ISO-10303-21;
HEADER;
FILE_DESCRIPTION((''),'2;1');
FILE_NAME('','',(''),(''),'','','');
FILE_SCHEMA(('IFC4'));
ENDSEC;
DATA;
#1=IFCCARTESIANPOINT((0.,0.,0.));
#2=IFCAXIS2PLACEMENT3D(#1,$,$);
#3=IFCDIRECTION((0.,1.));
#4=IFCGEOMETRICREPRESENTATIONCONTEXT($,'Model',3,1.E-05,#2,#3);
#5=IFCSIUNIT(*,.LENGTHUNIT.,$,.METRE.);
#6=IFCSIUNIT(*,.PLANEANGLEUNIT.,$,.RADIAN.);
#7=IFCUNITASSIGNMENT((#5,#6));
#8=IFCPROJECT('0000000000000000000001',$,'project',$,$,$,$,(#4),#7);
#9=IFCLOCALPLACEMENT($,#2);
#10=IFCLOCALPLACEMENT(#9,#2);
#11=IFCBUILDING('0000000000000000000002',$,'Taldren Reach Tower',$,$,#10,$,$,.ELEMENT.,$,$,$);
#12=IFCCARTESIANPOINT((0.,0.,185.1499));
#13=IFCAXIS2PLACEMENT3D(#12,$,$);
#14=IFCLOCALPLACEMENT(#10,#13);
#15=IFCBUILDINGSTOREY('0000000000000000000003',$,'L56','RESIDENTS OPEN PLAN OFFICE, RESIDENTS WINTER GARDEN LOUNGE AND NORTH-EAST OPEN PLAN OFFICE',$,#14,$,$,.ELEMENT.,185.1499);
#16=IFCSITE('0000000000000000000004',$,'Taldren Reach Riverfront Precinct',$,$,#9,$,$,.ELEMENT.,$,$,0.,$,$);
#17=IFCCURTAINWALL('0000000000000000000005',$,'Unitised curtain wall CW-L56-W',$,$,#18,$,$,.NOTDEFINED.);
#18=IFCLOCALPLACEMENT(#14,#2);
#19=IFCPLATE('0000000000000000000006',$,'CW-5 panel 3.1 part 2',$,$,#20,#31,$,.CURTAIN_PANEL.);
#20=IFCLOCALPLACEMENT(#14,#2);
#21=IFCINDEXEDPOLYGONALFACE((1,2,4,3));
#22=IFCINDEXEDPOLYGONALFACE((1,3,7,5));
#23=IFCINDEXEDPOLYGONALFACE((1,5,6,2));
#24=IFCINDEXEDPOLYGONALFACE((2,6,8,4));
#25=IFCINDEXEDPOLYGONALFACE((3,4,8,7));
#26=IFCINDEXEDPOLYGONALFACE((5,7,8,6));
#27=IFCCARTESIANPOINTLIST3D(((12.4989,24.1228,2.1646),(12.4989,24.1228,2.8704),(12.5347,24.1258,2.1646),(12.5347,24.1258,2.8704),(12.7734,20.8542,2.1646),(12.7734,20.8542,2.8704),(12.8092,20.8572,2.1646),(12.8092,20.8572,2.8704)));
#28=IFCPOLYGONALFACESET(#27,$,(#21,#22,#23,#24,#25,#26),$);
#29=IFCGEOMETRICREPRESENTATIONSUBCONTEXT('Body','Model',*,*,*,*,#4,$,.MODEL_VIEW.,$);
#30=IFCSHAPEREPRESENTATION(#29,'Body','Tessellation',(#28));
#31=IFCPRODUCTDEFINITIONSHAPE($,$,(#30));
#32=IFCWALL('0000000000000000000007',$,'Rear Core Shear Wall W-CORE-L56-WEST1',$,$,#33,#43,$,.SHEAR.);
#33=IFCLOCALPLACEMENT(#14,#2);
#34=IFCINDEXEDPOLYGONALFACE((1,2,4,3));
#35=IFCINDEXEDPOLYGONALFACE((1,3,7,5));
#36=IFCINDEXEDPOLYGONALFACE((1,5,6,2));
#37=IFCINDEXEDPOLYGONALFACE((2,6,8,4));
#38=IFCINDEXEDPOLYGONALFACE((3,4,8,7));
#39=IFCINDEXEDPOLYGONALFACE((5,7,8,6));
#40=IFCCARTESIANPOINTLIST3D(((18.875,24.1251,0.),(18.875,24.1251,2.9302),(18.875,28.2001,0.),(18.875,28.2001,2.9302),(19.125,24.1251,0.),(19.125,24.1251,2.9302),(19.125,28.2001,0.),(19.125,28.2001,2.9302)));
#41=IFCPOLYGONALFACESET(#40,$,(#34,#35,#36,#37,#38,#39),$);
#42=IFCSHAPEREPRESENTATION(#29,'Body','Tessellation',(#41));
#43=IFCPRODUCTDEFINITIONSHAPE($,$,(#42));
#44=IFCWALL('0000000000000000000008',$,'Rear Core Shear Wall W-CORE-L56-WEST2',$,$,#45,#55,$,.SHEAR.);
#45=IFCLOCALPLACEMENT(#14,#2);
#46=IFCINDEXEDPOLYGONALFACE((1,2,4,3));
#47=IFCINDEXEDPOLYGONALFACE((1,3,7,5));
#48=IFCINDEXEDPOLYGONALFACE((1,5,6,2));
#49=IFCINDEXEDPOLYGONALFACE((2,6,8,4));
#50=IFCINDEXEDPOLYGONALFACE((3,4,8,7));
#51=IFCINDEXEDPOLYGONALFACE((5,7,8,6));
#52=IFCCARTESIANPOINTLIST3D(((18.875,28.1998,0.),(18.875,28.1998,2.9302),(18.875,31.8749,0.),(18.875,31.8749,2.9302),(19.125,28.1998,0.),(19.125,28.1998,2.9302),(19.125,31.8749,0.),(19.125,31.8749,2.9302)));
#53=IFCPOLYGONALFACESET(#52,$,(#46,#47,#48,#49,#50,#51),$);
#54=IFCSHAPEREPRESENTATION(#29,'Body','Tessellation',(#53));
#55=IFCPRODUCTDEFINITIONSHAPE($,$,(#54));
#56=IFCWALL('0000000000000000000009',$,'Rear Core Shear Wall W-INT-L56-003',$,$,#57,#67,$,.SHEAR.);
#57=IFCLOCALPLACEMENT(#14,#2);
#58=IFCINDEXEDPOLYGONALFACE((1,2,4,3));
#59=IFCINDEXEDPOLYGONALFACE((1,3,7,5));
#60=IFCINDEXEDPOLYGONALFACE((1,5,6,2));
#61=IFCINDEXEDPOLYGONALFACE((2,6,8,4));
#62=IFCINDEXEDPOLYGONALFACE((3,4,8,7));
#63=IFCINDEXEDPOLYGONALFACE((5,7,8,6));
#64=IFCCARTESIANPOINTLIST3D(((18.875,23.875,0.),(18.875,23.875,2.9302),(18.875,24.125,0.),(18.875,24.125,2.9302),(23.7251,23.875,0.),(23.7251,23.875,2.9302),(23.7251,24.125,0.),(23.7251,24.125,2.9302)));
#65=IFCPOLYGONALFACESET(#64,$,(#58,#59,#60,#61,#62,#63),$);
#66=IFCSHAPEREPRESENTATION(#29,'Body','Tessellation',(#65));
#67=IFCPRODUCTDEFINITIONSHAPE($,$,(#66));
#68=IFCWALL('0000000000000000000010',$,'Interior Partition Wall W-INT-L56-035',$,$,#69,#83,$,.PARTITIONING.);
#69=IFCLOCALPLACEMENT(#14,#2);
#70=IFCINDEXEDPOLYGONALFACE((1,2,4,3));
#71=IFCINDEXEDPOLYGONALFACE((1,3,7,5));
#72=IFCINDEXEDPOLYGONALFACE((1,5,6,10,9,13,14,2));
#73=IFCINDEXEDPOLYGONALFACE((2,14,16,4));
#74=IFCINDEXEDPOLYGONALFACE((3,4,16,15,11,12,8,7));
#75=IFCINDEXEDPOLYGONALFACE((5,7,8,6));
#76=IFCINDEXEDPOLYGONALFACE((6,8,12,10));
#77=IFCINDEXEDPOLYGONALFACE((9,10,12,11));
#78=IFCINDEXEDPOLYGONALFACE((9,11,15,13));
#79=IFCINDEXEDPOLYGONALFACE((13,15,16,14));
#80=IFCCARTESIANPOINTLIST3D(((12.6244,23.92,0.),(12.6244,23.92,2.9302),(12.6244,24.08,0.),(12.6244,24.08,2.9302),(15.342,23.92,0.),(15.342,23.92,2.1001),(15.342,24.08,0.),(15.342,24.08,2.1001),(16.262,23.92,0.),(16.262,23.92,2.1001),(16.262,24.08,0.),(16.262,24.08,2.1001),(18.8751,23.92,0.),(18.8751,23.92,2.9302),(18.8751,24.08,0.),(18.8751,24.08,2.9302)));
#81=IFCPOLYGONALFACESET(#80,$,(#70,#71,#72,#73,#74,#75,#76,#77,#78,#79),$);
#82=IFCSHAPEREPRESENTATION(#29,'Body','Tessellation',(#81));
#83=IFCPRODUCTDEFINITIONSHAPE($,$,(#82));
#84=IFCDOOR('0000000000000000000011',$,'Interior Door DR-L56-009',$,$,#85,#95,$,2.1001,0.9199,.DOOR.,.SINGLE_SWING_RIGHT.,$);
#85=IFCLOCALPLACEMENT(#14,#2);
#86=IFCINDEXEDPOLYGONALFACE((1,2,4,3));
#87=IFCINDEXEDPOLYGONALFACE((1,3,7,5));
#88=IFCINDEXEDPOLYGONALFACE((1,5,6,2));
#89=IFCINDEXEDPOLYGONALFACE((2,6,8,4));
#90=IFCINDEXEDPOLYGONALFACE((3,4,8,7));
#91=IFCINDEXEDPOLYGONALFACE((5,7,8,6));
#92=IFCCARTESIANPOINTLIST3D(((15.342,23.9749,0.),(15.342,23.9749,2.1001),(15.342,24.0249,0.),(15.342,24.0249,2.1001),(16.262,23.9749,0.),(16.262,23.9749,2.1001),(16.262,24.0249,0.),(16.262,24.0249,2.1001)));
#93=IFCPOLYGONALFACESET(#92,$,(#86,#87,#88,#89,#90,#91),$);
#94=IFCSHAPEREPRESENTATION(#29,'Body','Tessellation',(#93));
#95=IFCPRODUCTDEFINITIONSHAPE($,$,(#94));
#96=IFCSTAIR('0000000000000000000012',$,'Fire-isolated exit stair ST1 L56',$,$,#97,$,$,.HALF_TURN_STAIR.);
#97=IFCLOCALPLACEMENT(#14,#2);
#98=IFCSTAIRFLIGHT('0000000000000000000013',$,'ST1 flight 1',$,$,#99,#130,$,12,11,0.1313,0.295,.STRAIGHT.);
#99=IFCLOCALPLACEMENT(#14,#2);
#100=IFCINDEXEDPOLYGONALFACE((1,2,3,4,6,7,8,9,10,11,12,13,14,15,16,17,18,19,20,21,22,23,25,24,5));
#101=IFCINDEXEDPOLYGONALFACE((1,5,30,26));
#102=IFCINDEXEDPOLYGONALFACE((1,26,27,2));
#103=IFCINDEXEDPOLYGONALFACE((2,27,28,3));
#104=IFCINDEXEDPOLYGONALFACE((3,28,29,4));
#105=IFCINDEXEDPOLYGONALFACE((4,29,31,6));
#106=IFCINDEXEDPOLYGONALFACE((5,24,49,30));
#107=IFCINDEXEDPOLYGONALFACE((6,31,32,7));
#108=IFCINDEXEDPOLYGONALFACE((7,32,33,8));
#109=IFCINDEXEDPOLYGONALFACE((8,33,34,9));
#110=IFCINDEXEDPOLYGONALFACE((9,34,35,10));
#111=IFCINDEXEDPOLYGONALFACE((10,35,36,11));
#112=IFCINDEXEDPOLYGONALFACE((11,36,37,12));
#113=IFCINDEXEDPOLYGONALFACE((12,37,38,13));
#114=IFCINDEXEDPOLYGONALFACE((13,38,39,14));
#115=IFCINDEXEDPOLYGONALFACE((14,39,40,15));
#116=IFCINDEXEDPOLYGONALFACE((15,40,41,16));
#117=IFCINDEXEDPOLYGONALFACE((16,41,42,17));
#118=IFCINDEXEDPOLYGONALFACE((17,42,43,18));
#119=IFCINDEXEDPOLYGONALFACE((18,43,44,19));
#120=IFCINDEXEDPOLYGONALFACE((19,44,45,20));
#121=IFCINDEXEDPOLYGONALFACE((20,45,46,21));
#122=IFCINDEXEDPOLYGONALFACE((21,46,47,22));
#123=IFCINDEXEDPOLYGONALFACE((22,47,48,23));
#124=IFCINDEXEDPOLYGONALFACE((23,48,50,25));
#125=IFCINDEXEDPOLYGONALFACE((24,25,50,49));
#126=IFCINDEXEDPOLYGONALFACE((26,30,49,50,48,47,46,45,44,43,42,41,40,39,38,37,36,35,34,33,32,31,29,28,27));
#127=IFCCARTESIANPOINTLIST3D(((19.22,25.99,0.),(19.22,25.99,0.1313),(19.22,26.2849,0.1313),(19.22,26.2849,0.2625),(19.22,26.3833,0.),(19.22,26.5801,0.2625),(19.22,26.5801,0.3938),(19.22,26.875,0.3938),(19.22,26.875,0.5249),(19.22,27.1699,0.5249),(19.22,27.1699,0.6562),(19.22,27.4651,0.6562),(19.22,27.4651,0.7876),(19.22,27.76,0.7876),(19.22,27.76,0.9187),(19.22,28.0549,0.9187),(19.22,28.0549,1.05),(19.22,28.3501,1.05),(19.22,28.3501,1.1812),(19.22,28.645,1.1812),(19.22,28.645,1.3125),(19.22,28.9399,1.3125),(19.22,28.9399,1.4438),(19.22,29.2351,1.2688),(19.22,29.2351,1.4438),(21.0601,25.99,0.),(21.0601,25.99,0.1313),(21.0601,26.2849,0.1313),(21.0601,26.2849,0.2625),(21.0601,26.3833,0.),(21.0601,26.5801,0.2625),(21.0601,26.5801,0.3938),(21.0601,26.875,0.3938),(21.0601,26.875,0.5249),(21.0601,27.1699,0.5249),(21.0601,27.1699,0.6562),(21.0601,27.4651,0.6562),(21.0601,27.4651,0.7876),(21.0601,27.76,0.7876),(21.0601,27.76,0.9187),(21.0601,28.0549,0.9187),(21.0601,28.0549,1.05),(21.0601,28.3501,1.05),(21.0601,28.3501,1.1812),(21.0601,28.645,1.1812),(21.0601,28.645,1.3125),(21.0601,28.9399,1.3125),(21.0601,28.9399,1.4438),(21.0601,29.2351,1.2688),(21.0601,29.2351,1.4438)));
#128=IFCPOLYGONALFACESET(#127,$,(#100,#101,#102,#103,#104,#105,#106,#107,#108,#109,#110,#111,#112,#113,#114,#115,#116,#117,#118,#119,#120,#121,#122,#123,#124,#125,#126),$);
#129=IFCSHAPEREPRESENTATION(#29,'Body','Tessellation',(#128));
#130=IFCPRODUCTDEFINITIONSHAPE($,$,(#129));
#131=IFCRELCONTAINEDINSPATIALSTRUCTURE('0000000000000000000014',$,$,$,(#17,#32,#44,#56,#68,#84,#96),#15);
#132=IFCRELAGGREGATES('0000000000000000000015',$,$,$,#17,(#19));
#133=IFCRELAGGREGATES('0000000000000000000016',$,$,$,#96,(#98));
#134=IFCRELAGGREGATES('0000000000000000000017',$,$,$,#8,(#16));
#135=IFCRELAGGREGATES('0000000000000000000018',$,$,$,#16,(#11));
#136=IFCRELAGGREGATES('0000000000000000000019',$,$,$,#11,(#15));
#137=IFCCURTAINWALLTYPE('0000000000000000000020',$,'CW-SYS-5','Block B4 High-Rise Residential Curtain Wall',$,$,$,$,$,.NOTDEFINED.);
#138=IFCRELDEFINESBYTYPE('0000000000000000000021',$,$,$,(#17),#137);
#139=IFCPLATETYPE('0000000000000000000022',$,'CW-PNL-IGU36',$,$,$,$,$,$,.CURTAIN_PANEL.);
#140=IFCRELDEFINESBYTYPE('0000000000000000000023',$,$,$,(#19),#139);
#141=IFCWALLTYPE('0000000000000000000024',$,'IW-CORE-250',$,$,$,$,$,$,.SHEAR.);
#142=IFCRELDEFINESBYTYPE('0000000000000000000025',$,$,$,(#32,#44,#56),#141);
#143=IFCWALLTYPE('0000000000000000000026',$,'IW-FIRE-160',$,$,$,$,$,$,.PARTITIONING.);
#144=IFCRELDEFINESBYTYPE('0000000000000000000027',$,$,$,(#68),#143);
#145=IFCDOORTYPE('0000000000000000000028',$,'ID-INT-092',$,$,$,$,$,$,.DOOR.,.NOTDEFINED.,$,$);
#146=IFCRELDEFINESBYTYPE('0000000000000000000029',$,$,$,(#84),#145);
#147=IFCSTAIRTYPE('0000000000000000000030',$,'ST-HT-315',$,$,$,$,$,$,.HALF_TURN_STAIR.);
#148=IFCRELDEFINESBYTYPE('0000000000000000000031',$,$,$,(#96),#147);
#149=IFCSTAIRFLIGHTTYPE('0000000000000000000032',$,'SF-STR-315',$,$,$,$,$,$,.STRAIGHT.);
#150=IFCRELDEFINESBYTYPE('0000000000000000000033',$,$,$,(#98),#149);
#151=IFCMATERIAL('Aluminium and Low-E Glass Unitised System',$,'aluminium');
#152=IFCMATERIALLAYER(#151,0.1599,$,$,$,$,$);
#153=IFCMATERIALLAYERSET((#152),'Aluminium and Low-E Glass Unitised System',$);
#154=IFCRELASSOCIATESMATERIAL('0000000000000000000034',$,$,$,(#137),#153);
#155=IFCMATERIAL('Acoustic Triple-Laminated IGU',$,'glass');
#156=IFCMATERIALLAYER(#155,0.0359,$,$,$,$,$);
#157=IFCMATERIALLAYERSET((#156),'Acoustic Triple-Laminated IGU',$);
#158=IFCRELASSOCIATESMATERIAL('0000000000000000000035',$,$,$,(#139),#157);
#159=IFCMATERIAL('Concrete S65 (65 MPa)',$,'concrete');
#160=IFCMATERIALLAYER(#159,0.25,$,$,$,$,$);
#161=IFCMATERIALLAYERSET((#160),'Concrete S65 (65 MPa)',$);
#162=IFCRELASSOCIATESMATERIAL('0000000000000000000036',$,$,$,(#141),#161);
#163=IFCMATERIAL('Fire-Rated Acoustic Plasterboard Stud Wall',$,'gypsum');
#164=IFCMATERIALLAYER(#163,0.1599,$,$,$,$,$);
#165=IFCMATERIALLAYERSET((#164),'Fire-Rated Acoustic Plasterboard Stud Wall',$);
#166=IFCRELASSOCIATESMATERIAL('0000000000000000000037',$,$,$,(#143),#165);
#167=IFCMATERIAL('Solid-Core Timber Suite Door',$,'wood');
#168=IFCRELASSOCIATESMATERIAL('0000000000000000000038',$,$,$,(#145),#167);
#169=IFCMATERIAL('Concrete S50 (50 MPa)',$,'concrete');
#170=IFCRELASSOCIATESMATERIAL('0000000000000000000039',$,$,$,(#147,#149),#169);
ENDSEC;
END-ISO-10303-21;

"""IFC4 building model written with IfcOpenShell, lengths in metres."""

from ifc_helpers import new_model, si_unit, direction, frame, frame_2d, origin, origin_2d, place, context, subcontext, project, spatial, polyline, rectangle, outline, extrude, source, transform, mapped, material, layer, layer_set, type_object, element, fill, aggregate, save


model = new_model("IFC4")

# Units and contexts
model_context = context("Model", 3, precision=1e-05, world=origin(), true_north=direction((0.0, 1.0)))
body_context = subcontext(model_context, "Body", "Model", "MODEL_VIEW")
ifc_project = project(units=[si_unit("LENGTHUNIT", "METRE"), si_unit("PLANEANGLEUNIT", "RADIAN")], contexts=[model_context])

# Site, building, storey
site_placement = place(None, origin())
site = spatial("IfcSite", under=ifc_project, at=site_placement, Name="Taldren Reach Riverfront Precinct", CompositionType="ELEMENT", RefElevation=0.0)
building_placement = place(site_placement, origin())
building = spatial("IfcBuilding", under=site, at=building_placement, Name="Taldren Reach Tower", CompositionType="ELEMENT")
storey_placement = place(building_placement, frame((0.0, 0.0, 185.1499)))
storey = spatial("IfcBuildingStorey", under=building, at=storey_placement, Name="L56", Description="RESIDENTS OPEN PLAN OFFICE, RESIDENTS WINTER GARDEN LOUNGE AND NORTH-EAST OPEN PLAN OFFICE", CompositionType="ELEMENT", Elevation=185.1499)

# Curtain wall
ifc_material_1 = material(Name="Aluminium and Low-E Glass Unitised System", Category="aluminium")
ifc_layer_1 = layer(ifc_material_1, 0.1599)
ifc_layer_set_1 = layer_set([ifc_layer_1], Name="Aluminium and Low-E Glass Unitised System")
curtain_wall_type = type_object("IfcCurtainWallType", Name="CW-SYS-5", Description="Block B4 High-Rise Residential Curtain Wall", PredefinedType="NOTDEFINED", material=ifc_layer_set_1)
curtain_wall_placement = place(storey_placement, origin())
curtain_wall = element("IfcCurtainWall", 1, at=curtain_wall_placement, inside=storey, type_object=curtain_wall_type, Name="Unitised curtain wall CW-L56-W", PredefinedType="NOTDEFINED")

# Plate
ifc_material_2 = material(Name="Acoustic Triple-Laminated IGU", Category="glass")
ifc_layer_2 = layer(ifc_material_2, 0.0359)
ifc_layer_set_2 = layer_set([ifc_layer_2], Name="Acoustic Triple-Laminated IGU")
plate_type_1 = type_object("IfcPlateType", Name="CW-PNL-IGU36", PredefinedType="CURTAIN_PANEL", material=ifc_layer_set_2)
shared_shape_1 = source(origin(), body_context, "Body", "SweptSolid", [
    extrude(rectangle(XDim=3.28, YDim=0.0359, at=origin_2d()), origin(), (0.0, 0.0, 1.0), 0.7058),
])
plate_1_placement = place(storey_placement, frame((12.6541, 22.49, 2.1646), z_axis=(0.0, 0.0, 1.0), x_axis=(0.083678, -0.996493, 0.0)))
plate_1 = element("IfcPlate", 2, at=plate_1_placement, type_object=plate_type_1, Name="CW-5 panel 3.1 part 2", PredefinedType="CURTAIN_PANEL", context=body_context, shape_type="MappedRepresentation", body=[
    mapped(shared_shape_1, transform((0.0, 0.0, 0.0), scale=1.0)),
])
aggregate(curtain_wall, [plate_1])

# Walls
ifc_material_3 = material(Name="Concrete S65 (65 MPa)", Category="concrete")
ifc_layer_3 = layer(ifc_material_3, 0.25)
ifc_layer_set_3 = layer_set([ifc_layer_3], Name="Concrete S65 (65 MPa)")
wall_type_1 = type_object("IfcWallType", Name="IW-CORE-250", PredefinedType="SHEAR", material=ifc_layer_set_3)
shared_shape_2 = source(origin(), body_context, "Body", "SweptSolid", [
    extrude(rectangle(XDim=4.075, YDim=0.25, at=frame_2d((2.0376, 0.0))), origin(), (0.0, 0.0, 1.0), 2.9302),
])
wall_1_placement = place(storey_placement, frame((19.0, 24.125, 0.0), z_axis=(0.0, 0.0, 1.0), x_axis=(0.0, 1.0, 0.0)))
element("IfcWall", 3, at=wall_1_placement, inside=storey, type_object=wall_type_1, Name="Rear Core Shear Wall W-CORE-L56-WEST1", PredefinedType="SHEAR", context=body_context, shape_type="MappedRepresentation", body=[
    mapped(shared_shape_2, transform((0.0, 0.0, 0.0), scale=1.0)),
])
shared_shape_3 = source(origin(), body_context, "Body", "SweptSolid", [
    extrude(rectangle(XDim=3.675, YDim=0.25, at=frame_2d((1.8374, 0.0))), origin(), (0.0, 0.0, 1.0), 2.9302),
])
wall_2_placement = place(storey_placement, frame((19.0, 28.2, 0.0), z_axis=(0.0, 0.0, 1.0), x_axis=(0.0, 1.0, 0.0)))
element("IfcWall", 4, at=wall_2_placement, inside=storey, type_object=wall_type_1, Name="Rear Core Shear Wall W-CORE-L56-WEST2", PredefinedType="SHEAR", context=body_context, shape_type="MappedRepresentation", body=[
    mapped(shared_shape_3, transform((0.0, 0.0, 0.0), scale=1.0)),
])
shared_shape_4 = source(origin(), body_context, "Body", "SweptSolid", [
    extrude(rectangle(XDim=4.8501, YDim=0.25, at=frame_2d((2.425, 0.0))), origin(), (0.0, 0.0, 1.0), 2.9302),
])
wall_3_placement = place(storey_placement, frame((18.875, 24.0, 0.0), z_axis=(0.0, 0.0, 1.0), x_axis=(1.0, 0.0, 0.0)))
element("IfcWall", 5, at=wall_3_placement, inside=storey, type_object=wall_type_1, Name="Rear Core Shear Wall W-INT-L56-003", PredefinedType="SHEAR", context=body_context, shape_type="MappedRepresentation", body=[
    mapped(shared_shape_4, transform((0.0, 0.0, 0.0), scale=1.0)),
])

# Wall, opening, door
ifc_material_4 = material(Name="Fire-Rated Acoustic Plasterboard Stud Wall", Category="gypsum")
ifc_layer_4 = layer(ifc_material_4, 0.1599)
ifc_layer_set_4 = layer_set([ifc_layer_4], Name="Fire-Rated Acoustic Plasterboard Stud Wall")
wall_type_2 = type_object("IfcWallType", Name="IW-FIRE-160", PredefinedType="PARTITIONING", material=ifc_layer_set_4)
shared_shape_5 = source(origin(), body_context, "Body", "SweptSolid", [
    extrude(rectangle(XDim=6.2507, YDim=0.1599, at=frame_2d((3.1255, 0.0))), origin(), (0.0, 0.0, 1.0), 2.9302),
])
wall_4_placement = place(storey_placement, frame((12.6243, 24.0, 0.0), z_axis=(0.0, 0.0, 1.0), x_axis=(1.0, 0.0, 0.0)))
wall_4 = element("IfcWall", 6, at=wall_4_placement, inside=storey, type_object=wall_type_2, Name="Interior Partition Wall W-INT-L56-035", PredefinedType="PARTITIONING", context=body_context, shape_type="MappedRepresentation", body=[
    mapped(shared_shape_5, transform((0.0, 0.0, 0.0), scale=1.0)),
])
shared_shape_6 = source(origin(), body_context, "Body", "SweptSolid", [
    extrude(rectangle(XDim=0.9199, YDim=2.1001, at=frame_2d((0.46, 1.05))), frame((0.0, 0.0898, 0.0), z_axis=(0.0, -1.0, 0.0), x_axis=(1.0, 0.0, 0.0)), (0.0, 0.0, 1.0), 0.1799),
])
opening_placement = place(wall_4_placement, frame((2.7178, 0.0, 0.0)))
opening = element("IfcOpeningElement", 7, at=opening_placement, cuts=wall_4, PredefinedType="OPENING", context=body_context, shape_type="MappedRepresentation", body=[
    mapped(shared_shape_6, transform((0.0, 0.0, 0.0), scale=1.0)),
])
ifc_material_5 = material(Name="Solid-Core Timber Suite Door", Category="wood")
door_type = type_object("IfcDoorType", Name="ID-INT-092", OperationType="NOTDEFINED", PredefinedType="DOOR", material=ifc_material_5)
shared_shape_7 = source(origin(), body_context, "Body", "SweptSolid", [
    extrude(rectangle(XDim=0.9199, YDim=2.1001, at=frame_2d((0.46, 1.05))), frame((0.0, 0.0249, 0.0), z_axis=(0.0, -1.0, 0.0), x_axis=(1.0, 0.0, 0.0)), (0.0, 0.0, 1.0), 0.05),
])
door_placement = place(opening_placement, origin())
door = element("IfcDoor", 8, at=door_placement, inside=storey, type_object=door_type, Name="Interior Door DR-L56-009", OperationType="SINGLE_SWING_RIGHT", OverallHeight=2.1001, OverallWidth=0.9199, PredefinedType="DOOR", context=body_context, shape_type="MappedRepresentation", body=[
    mapped(shared_shape_7, transform((0.0, 0.0, 0.0), scale=1.0)),
])
fill(opening, door)

# Stair, stair flight
ifc_material_6 = material(Name="Concrete S50 (50 MPa)", Category="concrete")
stair_type = type_object("IfcStairType", Name="ST-HT-315", PredefinedType="HALF_TURN_STAIR", material=ifc_material_6)
stair_placement = place(storey_placement, origin())
stair = element("IfcStair", 9, at=stair_placement, inside=storey, type_object=stair_type, Name="Fire-isolated exit stair ST1 L56", PredefinedType="HALF_TURN_STAIR")
stair_flight_type = type_object("IfcStairFlightType", Name="SF-STR-315", PredefinedType="STRAIGHT", material=ifc_material_6)
stair_flight_placement = place(storey_placement, frame((20.1399, 25.99, 0.0), z_axis=(0.0, 0.0, 1.0), x_axis=(0.0, 1.0, 0.0)))
stair_flight = element("IfcStairFlight", 10, at=stair_flight_placement, type_object=stair_flight_type, Name="ST1 flight 1", NumberOfRisers=12, NumberOfTreads=11, PredefinedType="STRAIGHT", RiserHeight=0.1313, TreadLength=0.295, context=body_context, shape_type="SweptSolid", body=[
    extrude(outline(polyline([(0.0, 0.0), (0.0, 0.1313), (0.2949, 0.1313), (0.2949, 0.2625), (0.5901, 0.2625), (0.5901, 0.3938), (0.885, 0.3938), (0.885, 0.5249), (1.1799, 0.5249), (1.1799, 0.6562), (1.4751, 0.6562), (1.4751, 0.7876), (1.77, 0.7876), (1.77, 0.9187), (2.0649, 0.9187), (2.0649, 1.05), (2.3601, 1.05), (2.3601, 1.1812), (2.655, 1.1812), (2.655, 1.3125), (2.95, 1.3125), (2.95, 1.4438), (3.2451, 1.4438), (3.2451, 1.575), (3.2451, 1.2688), (0.3933, 0.0), (0.0, 0.0)])), frame((0.0, 0.9199, 0.0), z_axis=(0.0, -1.0, 0.0), x_axis=(1.0, 0.0, 0.0)), (0.0, 0.0, 1.0), 1.8401),
])
aggregate(stair, [stair_flight])

save(model, "model.ifc")
